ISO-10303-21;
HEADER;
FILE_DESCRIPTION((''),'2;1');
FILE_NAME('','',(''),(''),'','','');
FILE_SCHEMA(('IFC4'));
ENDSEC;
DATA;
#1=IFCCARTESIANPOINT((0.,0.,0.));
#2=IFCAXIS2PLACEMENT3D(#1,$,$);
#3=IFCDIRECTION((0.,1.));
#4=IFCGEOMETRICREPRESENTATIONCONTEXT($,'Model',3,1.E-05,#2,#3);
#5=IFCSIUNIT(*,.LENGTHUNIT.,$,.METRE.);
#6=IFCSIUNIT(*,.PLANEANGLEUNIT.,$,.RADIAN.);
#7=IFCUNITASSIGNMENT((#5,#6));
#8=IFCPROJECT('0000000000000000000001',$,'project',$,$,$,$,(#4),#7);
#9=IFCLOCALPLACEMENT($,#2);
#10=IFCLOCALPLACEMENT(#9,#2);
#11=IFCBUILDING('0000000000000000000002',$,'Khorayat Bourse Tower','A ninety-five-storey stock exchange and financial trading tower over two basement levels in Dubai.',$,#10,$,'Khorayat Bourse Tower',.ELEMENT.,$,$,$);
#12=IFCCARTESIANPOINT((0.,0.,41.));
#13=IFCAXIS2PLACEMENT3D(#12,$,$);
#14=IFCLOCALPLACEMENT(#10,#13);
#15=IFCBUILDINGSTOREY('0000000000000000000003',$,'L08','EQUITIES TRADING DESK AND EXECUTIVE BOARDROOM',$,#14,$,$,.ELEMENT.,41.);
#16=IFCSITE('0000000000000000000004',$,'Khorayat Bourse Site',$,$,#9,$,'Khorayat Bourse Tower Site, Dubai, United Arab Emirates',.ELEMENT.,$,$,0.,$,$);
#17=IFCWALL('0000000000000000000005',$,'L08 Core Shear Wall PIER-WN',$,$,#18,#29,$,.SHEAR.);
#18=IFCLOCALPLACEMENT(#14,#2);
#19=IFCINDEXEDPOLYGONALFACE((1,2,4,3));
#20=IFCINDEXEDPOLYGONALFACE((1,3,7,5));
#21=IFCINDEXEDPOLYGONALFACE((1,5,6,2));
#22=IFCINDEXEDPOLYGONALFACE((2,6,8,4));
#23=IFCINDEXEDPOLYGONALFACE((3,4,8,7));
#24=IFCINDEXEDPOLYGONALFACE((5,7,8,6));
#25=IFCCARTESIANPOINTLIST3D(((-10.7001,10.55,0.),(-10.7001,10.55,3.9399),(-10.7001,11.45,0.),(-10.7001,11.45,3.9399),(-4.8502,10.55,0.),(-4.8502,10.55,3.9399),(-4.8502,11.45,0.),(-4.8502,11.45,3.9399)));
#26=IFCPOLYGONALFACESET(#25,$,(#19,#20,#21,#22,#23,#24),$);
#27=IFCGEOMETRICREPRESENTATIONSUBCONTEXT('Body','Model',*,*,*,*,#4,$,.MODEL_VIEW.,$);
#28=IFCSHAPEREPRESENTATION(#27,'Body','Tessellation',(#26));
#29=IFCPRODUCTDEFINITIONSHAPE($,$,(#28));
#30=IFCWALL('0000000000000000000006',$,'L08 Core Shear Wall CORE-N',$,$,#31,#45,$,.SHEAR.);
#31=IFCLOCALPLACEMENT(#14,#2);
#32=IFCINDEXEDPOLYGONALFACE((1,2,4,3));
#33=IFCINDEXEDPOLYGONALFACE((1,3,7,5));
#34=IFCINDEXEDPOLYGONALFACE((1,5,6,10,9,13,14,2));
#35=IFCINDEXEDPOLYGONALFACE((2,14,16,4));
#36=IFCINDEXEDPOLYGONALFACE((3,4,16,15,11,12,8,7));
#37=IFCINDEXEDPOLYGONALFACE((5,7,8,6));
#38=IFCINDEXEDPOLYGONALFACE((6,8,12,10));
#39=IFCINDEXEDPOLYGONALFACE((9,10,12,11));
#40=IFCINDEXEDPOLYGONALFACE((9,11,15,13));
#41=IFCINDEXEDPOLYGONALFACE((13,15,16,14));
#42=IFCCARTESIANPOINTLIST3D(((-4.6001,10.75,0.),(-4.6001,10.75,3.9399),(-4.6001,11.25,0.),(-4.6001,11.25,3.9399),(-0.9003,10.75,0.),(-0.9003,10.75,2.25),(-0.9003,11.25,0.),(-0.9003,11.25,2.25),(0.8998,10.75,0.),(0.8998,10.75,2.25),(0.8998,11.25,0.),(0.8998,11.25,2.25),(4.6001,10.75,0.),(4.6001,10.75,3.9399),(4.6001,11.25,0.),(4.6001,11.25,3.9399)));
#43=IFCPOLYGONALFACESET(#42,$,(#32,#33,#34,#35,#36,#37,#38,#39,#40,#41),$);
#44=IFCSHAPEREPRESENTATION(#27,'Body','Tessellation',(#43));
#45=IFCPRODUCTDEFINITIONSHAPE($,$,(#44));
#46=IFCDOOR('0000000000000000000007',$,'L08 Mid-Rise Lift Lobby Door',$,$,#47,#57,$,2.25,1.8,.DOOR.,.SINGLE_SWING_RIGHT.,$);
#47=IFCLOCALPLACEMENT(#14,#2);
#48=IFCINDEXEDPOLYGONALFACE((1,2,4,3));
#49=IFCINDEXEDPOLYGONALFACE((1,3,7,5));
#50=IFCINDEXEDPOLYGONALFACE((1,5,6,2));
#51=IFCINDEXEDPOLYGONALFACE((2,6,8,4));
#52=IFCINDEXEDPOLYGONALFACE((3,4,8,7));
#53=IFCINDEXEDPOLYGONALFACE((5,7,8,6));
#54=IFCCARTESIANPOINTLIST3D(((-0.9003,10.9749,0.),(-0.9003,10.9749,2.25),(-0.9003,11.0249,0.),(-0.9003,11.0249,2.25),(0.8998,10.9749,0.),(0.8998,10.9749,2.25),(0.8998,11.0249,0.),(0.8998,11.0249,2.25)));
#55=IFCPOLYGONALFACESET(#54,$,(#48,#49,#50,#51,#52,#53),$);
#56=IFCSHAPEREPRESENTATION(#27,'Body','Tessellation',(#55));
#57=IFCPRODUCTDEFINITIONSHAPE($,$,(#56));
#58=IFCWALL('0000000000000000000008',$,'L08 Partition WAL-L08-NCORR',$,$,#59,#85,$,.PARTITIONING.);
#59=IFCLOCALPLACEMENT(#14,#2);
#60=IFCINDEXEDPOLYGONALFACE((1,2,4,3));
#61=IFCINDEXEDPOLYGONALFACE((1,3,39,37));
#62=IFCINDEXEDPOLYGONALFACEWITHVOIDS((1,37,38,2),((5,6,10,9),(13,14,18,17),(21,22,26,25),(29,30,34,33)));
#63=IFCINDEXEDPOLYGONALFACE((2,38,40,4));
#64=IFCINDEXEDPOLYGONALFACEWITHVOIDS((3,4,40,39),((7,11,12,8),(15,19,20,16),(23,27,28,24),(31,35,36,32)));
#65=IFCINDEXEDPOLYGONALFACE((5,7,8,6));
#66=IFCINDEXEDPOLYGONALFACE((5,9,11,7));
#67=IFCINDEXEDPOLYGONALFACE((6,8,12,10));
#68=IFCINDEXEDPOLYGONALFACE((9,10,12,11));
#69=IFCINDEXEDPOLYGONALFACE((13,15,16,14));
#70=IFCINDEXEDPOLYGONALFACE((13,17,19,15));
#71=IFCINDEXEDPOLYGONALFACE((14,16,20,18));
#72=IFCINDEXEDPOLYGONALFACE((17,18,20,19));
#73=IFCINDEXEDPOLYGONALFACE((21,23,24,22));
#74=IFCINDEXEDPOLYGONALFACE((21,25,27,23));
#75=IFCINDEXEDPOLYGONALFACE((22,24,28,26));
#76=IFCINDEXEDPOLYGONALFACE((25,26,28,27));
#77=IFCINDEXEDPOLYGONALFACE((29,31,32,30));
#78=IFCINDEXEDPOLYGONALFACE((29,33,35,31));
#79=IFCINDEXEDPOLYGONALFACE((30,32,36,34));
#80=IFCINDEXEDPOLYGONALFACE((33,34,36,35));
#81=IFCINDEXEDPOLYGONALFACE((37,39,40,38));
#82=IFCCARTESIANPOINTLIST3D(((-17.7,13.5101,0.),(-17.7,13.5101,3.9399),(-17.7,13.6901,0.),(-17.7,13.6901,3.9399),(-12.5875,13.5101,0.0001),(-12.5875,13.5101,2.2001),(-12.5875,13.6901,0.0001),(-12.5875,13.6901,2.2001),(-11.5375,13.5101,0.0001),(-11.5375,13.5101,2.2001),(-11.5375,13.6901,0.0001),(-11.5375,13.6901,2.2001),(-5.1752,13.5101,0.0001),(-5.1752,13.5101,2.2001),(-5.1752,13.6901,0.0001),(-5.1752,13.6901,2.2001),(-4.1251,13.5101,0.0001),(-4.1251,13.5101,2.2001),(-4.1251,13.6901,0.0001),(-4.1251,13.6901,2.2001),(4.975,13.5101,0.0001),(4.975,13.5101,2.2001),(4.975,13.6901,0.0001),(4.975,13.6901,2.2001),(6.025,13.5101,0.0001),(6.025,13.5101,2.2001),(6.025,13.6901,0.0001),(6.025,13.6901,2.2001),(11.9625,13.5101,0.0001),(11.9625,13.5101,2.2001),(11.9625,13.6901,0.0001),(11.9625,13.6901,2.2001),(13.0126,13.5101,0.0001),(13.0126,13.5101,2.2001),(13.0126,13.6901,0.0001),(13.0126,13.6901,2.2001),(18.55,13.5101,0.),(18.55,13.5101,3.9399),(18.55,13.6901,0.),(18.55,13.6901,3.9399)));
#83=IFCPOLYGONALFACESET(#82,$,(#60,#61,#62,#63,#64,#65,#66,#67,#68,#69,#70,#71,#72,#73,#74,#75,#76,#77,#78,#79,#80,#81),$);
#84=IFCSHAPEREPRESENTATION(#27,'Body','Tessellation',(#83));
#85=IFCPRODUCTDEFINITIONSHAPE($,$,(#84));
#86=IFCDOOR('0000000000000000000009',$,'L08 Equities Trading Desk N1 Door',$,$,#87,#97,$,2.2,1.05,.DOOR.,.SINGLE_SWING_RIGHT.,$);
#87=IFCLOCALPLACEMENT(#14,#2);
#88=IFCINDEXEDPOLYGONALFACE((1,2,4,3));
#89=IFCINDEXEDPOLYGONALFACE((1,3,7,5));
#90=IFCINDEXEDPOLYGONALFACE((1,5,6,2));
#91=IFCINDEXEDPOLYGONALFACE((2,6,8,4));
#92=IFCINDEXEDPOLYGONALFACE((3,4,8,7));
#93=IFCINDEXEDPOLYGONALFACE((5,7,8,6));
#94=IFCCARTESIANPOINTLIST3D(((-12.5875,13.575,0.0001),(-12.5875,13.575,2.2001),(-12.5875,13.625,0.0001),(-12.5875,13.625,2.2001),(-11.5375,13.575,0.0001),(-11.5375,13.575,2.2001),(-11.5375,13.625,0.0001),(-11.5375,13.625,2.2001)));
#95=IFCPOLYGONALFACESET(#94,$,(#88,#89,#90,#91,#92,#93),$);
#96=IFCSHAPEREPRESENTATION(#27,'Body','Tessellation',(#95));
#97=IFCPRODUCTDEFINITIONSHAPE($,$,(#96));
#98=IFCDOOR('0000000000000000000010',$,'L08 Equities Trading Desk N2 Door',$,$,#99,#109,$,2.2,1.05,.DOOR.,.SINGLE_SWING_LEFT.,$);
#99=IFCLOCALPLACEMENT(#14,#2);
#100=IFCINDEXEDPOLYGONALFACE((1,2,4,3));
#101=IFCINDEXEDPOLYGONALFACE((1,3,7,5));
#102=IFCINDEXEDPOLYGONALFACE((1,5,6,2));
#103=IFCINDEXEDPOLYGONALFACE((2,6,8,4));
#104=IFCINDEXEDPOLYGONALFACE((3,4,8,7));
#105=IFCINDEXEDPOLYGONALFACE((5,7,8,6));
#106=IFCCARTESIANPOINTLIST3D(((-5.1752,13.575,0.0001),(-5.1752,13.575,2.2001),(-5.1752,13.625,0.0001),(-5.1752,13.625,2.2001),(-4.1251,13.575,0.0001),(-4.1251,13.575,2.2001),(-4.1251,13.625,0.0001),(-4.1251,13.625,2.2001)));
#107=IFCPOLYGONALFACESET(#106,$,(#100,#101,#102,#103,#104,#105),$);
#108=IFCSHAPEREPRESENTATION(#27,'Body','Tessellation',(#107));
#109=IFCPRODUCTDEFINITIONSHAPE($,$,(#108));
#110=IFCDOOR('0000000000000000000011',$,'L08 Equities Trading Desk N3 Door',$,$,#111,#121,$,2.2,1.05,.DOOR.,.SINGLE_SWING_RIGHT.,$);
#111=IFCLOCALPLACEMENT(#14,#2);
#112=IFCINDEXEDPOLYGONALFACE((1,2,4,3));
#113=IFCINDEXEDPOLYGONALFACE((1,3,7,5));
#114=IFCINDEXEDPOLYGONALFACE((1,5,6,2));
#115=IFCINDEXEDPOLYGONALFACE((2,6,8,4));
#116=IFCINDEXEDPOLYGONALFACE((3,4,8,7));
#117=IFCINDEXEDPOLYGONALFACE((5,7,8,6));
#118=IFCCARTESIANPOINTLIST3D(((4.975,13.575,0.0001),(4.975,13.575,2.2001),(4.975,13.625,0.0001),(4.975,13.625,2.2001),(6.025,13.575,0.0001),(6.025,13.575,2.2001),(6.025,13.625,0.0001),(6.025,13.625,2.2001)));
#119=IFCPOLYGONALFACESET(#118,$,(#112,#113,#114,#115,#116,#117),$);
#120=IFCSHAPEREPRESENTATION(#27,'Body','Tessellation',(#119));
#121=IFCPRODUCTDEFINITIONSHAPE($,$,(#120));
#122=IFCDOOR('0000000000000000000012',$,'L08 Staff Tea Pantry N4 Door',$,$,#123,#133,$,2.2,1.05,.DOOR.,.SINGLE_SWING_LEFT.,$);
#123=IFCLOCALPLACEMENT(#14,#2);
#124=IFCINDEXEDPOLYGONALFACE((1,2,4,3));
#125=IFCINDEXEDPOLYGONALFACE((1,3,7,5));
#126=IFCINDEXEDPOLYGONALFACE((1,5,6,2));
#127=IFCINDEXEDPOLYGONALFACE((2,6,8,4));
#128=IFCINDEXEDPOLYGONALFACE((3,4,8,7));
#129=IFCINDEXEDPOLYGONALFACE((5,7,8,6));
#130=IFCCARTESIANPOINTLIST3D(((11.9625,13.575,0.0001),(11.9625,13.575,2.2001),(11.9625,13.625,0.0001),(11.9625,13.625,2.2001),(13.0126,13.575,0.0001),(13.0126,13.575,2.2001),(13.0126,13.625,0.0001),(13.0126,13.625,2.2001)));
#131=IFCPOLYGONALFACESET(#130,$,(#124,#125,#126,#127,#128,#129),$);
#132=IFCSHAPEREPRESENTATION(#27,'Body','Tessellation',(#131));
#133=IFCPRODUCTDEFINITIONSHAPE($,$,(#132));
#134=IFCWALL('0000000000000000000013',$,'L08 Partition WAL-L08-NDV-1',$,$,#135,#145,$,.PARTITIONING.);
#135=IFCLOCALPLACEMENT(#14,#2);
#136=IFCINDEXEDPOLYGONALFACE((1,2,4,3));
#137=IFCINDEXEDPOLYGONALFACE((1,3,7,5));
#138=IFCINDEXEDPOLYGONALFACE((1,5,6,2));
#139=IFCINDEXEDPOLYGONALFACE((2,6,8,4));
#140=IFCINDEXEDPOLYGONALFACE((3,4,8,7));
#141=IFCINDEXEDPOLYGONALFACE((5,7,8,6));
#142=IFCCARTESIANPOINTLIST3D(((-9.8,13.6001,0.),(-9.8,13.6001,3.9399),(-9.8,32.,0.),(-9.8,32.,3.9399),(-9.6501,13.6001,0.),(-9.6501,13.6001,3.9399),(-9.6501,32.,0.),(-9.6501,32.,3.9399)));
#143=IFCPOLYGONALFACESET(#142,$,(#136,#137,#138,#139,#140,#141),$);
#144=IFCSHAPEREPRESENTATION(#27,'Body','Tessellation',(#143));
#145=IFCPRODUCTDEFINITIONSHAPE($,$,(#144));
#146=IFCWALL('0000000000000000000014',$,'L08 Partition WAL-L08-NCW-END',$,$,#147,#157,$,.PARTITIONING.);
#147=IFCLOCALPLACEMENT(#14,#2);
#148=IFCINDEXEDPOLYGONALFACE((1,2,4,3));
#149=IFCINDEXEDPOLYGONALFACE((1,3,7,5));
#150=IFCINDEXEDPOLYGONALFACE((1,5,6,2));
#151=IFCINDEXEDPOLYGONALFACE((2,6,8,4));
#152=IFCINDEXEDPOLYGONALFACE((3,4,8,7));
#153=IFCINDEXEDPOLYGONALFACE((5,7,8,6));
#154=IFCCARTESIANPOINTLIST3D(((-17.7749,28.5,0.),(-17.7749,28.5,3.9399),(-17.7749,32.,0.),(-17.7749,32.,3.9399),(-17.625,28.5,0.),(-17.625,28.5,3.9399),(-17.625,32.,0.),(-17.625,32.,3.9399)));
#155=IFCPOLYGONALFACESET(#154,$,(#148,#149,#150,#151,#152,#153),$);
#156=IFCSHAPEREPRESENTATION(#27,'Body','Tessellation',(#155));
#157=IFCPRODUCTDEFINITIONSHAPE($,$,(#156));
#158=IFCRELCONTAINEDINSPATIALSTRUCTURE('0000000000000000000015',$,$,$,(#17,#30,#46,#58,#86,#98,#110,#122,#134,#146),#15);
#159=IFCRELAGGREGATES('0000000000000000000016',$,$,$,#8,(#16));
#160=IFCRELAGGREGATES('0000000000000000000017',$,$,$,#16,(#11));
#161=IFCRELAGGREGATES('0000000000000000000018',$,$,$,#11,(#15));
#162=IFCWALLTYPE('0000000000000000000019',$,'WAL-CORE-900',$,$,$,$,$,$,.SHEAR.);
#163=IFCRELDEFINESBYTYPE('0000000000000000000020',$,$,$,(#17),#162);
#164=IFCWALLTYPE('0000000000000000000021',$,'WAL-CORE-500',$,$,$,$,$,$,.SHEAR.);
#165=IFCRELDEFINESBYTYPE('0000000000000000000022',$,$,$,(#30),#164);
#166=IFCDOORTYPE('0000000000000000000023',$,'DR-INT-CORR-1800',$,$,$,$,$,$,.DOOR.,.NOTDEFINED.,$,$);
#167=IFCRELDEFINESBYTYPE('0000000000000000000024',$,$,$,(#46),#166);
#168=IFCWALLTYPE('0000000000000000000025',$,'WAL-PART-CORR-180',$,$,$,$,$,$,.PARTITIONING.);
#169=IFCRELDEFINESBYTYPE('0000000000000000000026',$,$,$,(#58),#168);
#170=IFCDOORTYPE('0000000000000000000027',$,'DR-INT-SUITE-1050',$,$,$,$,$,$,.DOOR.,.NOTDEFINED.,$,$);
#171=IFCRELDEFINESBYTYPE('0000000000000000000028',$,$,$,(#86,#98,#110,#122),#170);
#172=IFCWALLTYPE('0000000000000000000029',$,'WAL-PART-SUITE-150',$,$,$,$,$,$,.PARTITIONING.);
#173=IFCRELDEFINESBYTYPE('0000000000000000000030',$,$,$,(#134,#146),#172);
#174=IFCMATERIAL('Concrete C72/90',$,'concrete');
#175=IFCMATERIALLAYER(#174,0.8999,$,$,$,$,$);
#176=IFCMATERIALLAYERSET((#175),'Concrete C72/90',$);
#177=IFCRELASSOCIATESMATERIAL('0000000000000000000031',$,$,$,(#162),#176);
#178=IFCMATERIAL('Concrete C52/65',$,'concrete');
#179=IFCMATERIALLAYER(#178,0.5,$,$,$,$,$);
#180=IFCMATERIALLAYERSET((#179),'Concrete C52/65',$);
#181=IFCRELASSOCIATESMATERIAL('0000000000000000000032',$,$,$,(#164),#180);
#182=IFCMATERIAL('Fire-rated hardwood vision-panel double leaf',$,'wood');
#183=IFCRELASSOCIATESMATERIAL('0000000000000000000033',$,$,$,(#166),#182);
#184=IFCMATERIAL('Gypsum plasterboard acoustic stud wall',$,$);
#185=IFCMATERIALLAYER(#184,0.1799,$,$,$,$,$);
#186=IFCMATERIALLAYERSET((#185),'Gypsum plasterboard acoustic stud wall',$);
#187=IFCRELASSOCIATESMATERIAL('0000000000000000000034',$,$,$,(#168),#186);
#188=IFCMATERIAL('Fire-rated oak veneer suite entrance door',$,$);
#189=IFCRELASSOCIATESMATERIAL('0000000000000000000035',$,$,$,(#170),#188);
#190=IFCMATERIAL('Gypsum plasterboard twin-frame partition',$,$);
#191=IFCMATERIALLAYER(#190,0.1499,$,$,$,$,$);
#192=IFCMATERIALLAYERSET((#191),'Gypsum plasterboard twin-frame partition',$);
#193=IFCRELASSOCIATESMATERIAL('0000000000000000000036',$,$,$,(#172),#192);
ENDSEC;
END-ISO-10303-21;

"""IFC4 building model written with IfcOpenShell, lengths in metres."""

from ifc_helpers import new_model, si_unit, direction, frame, frame_2d, origin, place, context, subcontext, project, spatial, rectangle, extrude, source, transform, mapped, material, layer, layer_set, type_object, element, fill, save


model = new_model("IFC4")

# Units and contexts
model_context = context("Model", 3, precision=1e-05, world=origin(), true_north=direction((0.0, 1.0)))
body_context = subcontext(model_context, "Body", "Model", "MODEL_VIEW")
ifc_project = project(units=[si_unit("LENGTHUNIT", "METRE"), si_unit("PLANEANGLEUNIT", "RADIAN")], contexts=[model_context])

# Site, building, storey
site_placement = place(None, origin())
site = spatial("IfcSite", under=ifc_project, at=site_placement, Name="Khorayat Bourse Site", LongName="Khorayat Bourse Tower Site, Dubai, United Arab Emirates", CompositionType="ELEMENT", RefElevation=0.0)
building_placement = place(site_placement, origin())
building = spatial("IfcBuilding", under=site, at=building_placement, Name="Khorayat Bourse Tower", Description="A ninety-five-storey stock exchange and financial trading tower over two basement levels in Dubai.", LongName="Khorayat Bourse Tower", CompositionType="ELEMENT")
storey_placement = place(building_placement, frame((0.0, 0.0, 41.0)))
storey = spatial("IfcBuildingStorey", under=building, at=storey_placement, Name="L08", Description="EQUITIES TRADING DESK AND EXECUTIVE BOARDROOM", CompositionType="ELEMENT", Elevation=41.0)

# Shared definitions
ifc_material_1 = material(Name="Concrete C72/90", Category="concrete")

# Wall
ifc_layer_1 = layer(ifc_material_1, 0.8999)
ifc_layer_set_1 = layer_set([ifc_layer_1], Name="Concrete C72/90")
wall_type_1 = type_object("IfcWallType", Name="WAL-CORE-900", PredefinedType="SHEAR", material=ifc_layer_set_1)
shared_shape_1 = source(origin(), body_context, "Body", "SweptSolid", [
    extrude(rectangle(XDim=5.8499, YDim=0.8999, at=frame_2d((2.9248, 0.0))), origin(), (0.0, 0.0, 1.0), 3.9399),
])
wall_1_placement = place(storey_placement, frame((-10.7, 11.0, 0.0), z_axis=(0.0, 0.0, 1.0), x_axis=(1.0, 0.0, 0.0)))
element("IfcWall", 1, at=wall_1_placement, inside=storey, type_object=wall_type_1, Name="L08 Core Shear Wall PIER-WN", PredefinedType="SHEAR", context=body_context, shape_type="MappedRepresentation", body=[
    mapped(shared_shape_1, transform((0.0, 0.0, 0.0), scale=1.0)),
])

# Wall, opening, door
ifc_material_2 = material(Name="Concrete C52/65", Category="concrete")
ifc_layer_2 = layer(ifc_material_2, 0.5)
ifc_layer_set_2 = layer_set([ifc_layer_2], Name="Concrete C52/65")
wall_type_2 = type_object("IfcWallType", Name="WAL-CORE-500", PredefinedType="SHEAR", material=ifc_layer_set_2)
shared_shape_2 = source(origin(), body_context, "Body", "SweptSolid", [
    extrude(rectangle(XDim=9.2002, YDim=0.5, at=frame_2d((4.6001, 0.0))), origin(), (0.0, 0.0, 1.0), 3.9399),
])
wall_2_placement = place(storey_placement, frame((-4.6001, 11.0, 0.0), z_axis=(0.0, 0.0, 1.0), x_axis=(1.0, 0.0, 0.0)))
wall_2 = element("IfcWall", 2, at=wall_2_placement, inside=storey, type_object=wall_type_2, Name="L08 Core Shear Wall CORE-N", PredefinedType="SHEAR", context=body_context, shape_type="MappedRepresentation", body=[
    mapped(shared_shape_2, transform((0.0, 0.0, 0.0), scale=1.0)),
])
shared_shape_3 = source(origin(), body_context, "Body", "SweptSolid", [
    extrude(rectangle(XDim=1.8, YDim=2.25, at=frame_2d((0.8999, 1.125))), frame((0.0, 0.26, 0.0), z_axis=(0.0, -1.0, 0.0), x_axis=(1.0, 0.0, 0.0)), (0.0, 0.0, 1.0), 0.52),
])
opening_1_placement = place(wall_2_placement, frame((3.7, 0.0, 0.0)))
opening_1 = element("IfcOpeningElement", 3, at=opening_1_placement, cuts=wall_2, PredefinedType="OPENING", context=body_context, shape_type="MappedRepresentation", body=[
    mapped(shared_shape_3, transform((0.0, 0.0, 0.0), scale=1.0)),
])
ifc_material_3 = material(Name="Fire-rated hardwood vision-panel double leaf", Category="wood")
door_type_1 = type_object("IfcDoorType", Name="DR-INT-CORR-1800", OperationType="NOTDEFINED", PredefinedType="DOOR", material=ifc_material_3)
shared_shape_4 = source(origin(), body_context, "Body", "SweptSolid", [
    extrude(rectangle(XDim=1.8, YDim=2.25, at=frame_2d((0.8999, 1.125))), frame((0.0, 0.0249, 0.0), z_axis=(0.0, -1.0, 0.0), x_axis=(1.0, 0.0, 0.0)), (0.0, 0.0, 1.0), 0.05),
])
door_1_placement = place(opening_1_placement, origin())
door_1 = element("IfcDoor", 4, at=door_1_placement, inside=storey, type_object=door_type_1, Name="L08 Mid-Rise Lift Lobby Door", OperationType="SINGLE_SWING_RIGHT", OverallHeight=2.25, OverallWidth=1.8, PredefinedType="DOOR", context=body_context, shape_type="MappedRepresentation", body=[
    mapped(shared_shape_4, transform((0.0, 0.0, 0.0), scale=1.0)),
])
fill(opening_1, door_1)

# Wall, openings, doors
ifc_material_4 = material(Name="Gypsum plasterboard acoustic stud wall")
ifc_layer_3 = layer(ifc_material_4, 0.1799)
ifc_layer_set_3 = layer_set([ifc_layer_3], Name="Gypsum plasterboard acoustic stud wall")
wall_type_3 = type_object("IfcWallType", Name="WAL-PART-CORR-180", PredefinedType="PARTITIONING", material=ifc_layer_set_3)
shared_shape_5 = source(origin(), body_context, "Body", "SweptSolid", [
    extrude(rectangle(XDim=36.25, YDim=0.1799, at=frame_2d((18.125, 0.0))), origin(), (0.0, 0.0, 1.0), 3.9399),
])
wall_3_placement = place(storey_placement, frame((-17.7, 13.6001, 0.0), z_axis=(0.0, 0.0, 1.0), x_axis=(1.0, 0.0, 0.0)))
wall_3 = element("IfcWall", 5, at=wall_3_placement, inside=storey, type_object=wall_type_3, Name="L08 Partition WAL-L08-NCORR", PredefinedType="PARTITIONING", context=body_context, shape_type="MappedRepresentation", body=[
    mapped(shared_shape_5, transform((0.0, 0.0, 0.0), scale=1.0)),
])
shared_shape_6 = source(origin(), body_context, "Body", "SweptSolid", [
    extrude(rectangle(XDim=1.05, YDim=2.2, at=frame_2d((0.5249, 1.1001))), frame((0.0, 0.0999, 0.0), z_axis=(0.0, -1.0, 0.0), x_axis=(1.0, 0.0, 0.0)), (0.0, 0.0, 1.0), 0.2),
])
opening_2_placement = place(wall_3_placement, frame((5.1125, 0.0, 0.0)))
opening_2 = element("IfcOpeningElement", 6, at=opening_2_placement, cuts=wall_3, PredefinedType="OPENING", context=body_context, shape_type="MappedRepresentation", body=[
    mapped(shared_shape_6, transform((0.0, 0.0, 0.0), scale=1.0)),
])
opening_3_placement = place(wall_3_placement, frame((12.5249, 0.0, 0.0)))
opening_3 = element("IfcOpeningElement", 7, at=opening_3_placement, cuts=wall_3, PredefinedType="OPENING", context=body_context, shape_type="MappedRepresentation", body=[
    mapped(shared_shape_6, transform((0.0, 0.0, 0.0), scale=1.0)),
])
opening_4_placement = place(wall_3_placement, frame((22.675, 0.0, 0.0)))
opening_4 = element("IfcOpeningElement", 8, at=opening_4_placement, cuts=wall_3, PredefinedType="OPENING", context=body_context, shape_type="MappedRepresentation", body=[
    mapped(shared_shape_6, transform((0.0, 0.0, 0.0), scale=1.0)),
])
opening_5_placement = place(wall_3_placement, frame((29.6626, 0.0, 0.0)))
opening_5 = element("IfcOpeningElement", 9, at=opening_5_placement, cuts=wall_3, PredefinedType="OPENING", context=body_context, shape_type="MappedRepresentation", body=[
    mapped(shared_shape_6, transform((0.0, 0.0, 0.0), scale=1.0)),
])
ifc_material_5 = material(Name="Fire-rated oak veneer suite entrance door")
door_type_2 = type_object("IfcDoorType", Name="DR-INT-SUITE-1050", OperationType="NOTDEFINED", PredefinedType="DOOR", material=ifc_material_5)
shared_shape_7 = source(origin(), body_context, "Body", "SweptSolid", [
    extrude(rectangle(XDim=1.05, YDim=2.2, at=frame_2d((0.5249, 1.1001))), frame((0.0, 0.0249, 0.0), z_axis=(0.0, -1.0, 0.0), x_axis=(1.0, 0.0, 0.0)), (0.0, 0.0, 1.0), 0.05),
])
door_2_placement = place(opening_2_placement, origin())
door_2 = element("IfcDoor", 10, at=door_2_placement, inside=storey, type_object=door_type_2, Name="L08 Equities Trading Desk N1 Door", OperationType="SINGLE_SWING_RIGHT", OverallHeight=2.2, OverallWidth=1.05, PredefinedType="DOOR", context=body_context, shape_type="MappedRepresentation", body=[
    mapped(shared_shape_7, transform((0.0, 0.0, 0.0), scale=1.0)),
])
fill(opening_2, door_2)
door_3_placement = place(opening_3_placement, origin())
door_3 = element("IfcDoor", 11, at=door_3_placement, inside=storey, type_object=door_type_2, Name="L08 Equities Trading Desk N2 Door", OperationType="SINGLE_SWING_LEFT", OverallHeight=2.2, OverallWidth=1.05, PredefinedType="DOOR", context=body_context, shape_type="MappedRepresentation", body=[
    mapped(shared_shape_7, transform((0.0, 0.0, 0.0), scale=1.0)),
])
fill(opening_3, door_3)
door_4_placement = place(opening_4_placement, origin())
door_4 = element("IfcDoor", 12, at=door_4_placement, inside=storey, type_object=door_type_2, Name="L08 Equities Trading Desk N3 Door", OperationType="SINGLE_SWING_RIGHT", OverallHeight=2.2, OverallWidth=1.05, PredefinedType="DOOR", context=body_context, shape_type="MappedRepresentation", body=[
    mapped(shared_shape_7, transform((0.0, 0.0, 0.0), scale=1.0)),
])
fill(opening_4, door_4)
door_5_placement = place(opening_5_placement, origin())
door_5 = element("IfcDoor", 13, at=door_5_placement, inside=storey, type_object=door_type_2, Name="L08 Staff Tea Pantry N4 Door", OperationType="SINGLE_SWING_LEFT", OverallHeight=2.2, OverallWidth=1.05, PredefinedType="DOOR", context=body_context, shape_type="MappedRepresentation", body=[
    mapped(shared_shape_7, transform((0.0, 0.0, 0.0), scale=1.0)),
])
fill(opening_5, door_5)

# Walls
ifc_material_6 = material(Name="Gypsum plasterboard twin-frame partition")
ifc_layer_4 = layer(ifc_material_6, 0.1499)
ifc_layer_set_4 = layer_set([ifc_layer_4], Name="Gypsum plasterboard twin-frame partition")
wall_type_4 = type_object("IfcWallType", Name="WAL-PART-SUITE-150", PredefinedType="PARTITIONING", material=ifc_layer_set_4)
shared_shape_8 = source(origin(), body_context, "Body", "SweptSolid", [
    extrude(rectangle(XDim=18.3999, YDim=0.1499, at=frame_2d((9.2, 0.0))), origin(), (0.0, 0.0, 1.0), 3.9399),
])
wall_4_placement = place(storey_placement, frame((-9.7251, 13.6001, 0.0), z_axis=(0.0, 0.0, 1.0), x_axis=(0.0, 1.0, 0.0)))
element("IfcWall", 14, at=wall_4_placement, inside=storey, type_object=wall_type_4, Name="L08 Partition WAL-L08-NDV-1", PredefinedType="PARTITIONING", context=body_context, shape_type="MappedRepresentation", body=[
    mapped(shared_shape_8, transform((0.0, 0.0, 0.0), scale=1.0)),
])
shared_shape_9 = source(origin(), body_context, "Body", "SweptSolid", [
    extrude(rectangle(XDim=3.5, YDim=0.1499, at=frame_2d((1.75, 0.0))), origin(), (0.0, 0.0, 1.0), 3.9399),
])
wall_5_placement = place(storey_placement, frame((-17.7, 28.5, 0.0), z_axis=(0.0, 0.0, 1.0), x_axis=(0.0, 1.0, 0.0)))
element("IfcWall", 15, at=wall_5_placement, inside=storey, type_object=wall_type_4, Name="L08 Partition WAL-L08-NCW-END", PredefinedType="PARTITIONING", context=body_context, shape_type="MappedRepresentation", body=[
    mapped(shared_shape_9, transform((0.0, 0.0, 0.0), scale=1.0)),
])

save(model, "model.ifc")
